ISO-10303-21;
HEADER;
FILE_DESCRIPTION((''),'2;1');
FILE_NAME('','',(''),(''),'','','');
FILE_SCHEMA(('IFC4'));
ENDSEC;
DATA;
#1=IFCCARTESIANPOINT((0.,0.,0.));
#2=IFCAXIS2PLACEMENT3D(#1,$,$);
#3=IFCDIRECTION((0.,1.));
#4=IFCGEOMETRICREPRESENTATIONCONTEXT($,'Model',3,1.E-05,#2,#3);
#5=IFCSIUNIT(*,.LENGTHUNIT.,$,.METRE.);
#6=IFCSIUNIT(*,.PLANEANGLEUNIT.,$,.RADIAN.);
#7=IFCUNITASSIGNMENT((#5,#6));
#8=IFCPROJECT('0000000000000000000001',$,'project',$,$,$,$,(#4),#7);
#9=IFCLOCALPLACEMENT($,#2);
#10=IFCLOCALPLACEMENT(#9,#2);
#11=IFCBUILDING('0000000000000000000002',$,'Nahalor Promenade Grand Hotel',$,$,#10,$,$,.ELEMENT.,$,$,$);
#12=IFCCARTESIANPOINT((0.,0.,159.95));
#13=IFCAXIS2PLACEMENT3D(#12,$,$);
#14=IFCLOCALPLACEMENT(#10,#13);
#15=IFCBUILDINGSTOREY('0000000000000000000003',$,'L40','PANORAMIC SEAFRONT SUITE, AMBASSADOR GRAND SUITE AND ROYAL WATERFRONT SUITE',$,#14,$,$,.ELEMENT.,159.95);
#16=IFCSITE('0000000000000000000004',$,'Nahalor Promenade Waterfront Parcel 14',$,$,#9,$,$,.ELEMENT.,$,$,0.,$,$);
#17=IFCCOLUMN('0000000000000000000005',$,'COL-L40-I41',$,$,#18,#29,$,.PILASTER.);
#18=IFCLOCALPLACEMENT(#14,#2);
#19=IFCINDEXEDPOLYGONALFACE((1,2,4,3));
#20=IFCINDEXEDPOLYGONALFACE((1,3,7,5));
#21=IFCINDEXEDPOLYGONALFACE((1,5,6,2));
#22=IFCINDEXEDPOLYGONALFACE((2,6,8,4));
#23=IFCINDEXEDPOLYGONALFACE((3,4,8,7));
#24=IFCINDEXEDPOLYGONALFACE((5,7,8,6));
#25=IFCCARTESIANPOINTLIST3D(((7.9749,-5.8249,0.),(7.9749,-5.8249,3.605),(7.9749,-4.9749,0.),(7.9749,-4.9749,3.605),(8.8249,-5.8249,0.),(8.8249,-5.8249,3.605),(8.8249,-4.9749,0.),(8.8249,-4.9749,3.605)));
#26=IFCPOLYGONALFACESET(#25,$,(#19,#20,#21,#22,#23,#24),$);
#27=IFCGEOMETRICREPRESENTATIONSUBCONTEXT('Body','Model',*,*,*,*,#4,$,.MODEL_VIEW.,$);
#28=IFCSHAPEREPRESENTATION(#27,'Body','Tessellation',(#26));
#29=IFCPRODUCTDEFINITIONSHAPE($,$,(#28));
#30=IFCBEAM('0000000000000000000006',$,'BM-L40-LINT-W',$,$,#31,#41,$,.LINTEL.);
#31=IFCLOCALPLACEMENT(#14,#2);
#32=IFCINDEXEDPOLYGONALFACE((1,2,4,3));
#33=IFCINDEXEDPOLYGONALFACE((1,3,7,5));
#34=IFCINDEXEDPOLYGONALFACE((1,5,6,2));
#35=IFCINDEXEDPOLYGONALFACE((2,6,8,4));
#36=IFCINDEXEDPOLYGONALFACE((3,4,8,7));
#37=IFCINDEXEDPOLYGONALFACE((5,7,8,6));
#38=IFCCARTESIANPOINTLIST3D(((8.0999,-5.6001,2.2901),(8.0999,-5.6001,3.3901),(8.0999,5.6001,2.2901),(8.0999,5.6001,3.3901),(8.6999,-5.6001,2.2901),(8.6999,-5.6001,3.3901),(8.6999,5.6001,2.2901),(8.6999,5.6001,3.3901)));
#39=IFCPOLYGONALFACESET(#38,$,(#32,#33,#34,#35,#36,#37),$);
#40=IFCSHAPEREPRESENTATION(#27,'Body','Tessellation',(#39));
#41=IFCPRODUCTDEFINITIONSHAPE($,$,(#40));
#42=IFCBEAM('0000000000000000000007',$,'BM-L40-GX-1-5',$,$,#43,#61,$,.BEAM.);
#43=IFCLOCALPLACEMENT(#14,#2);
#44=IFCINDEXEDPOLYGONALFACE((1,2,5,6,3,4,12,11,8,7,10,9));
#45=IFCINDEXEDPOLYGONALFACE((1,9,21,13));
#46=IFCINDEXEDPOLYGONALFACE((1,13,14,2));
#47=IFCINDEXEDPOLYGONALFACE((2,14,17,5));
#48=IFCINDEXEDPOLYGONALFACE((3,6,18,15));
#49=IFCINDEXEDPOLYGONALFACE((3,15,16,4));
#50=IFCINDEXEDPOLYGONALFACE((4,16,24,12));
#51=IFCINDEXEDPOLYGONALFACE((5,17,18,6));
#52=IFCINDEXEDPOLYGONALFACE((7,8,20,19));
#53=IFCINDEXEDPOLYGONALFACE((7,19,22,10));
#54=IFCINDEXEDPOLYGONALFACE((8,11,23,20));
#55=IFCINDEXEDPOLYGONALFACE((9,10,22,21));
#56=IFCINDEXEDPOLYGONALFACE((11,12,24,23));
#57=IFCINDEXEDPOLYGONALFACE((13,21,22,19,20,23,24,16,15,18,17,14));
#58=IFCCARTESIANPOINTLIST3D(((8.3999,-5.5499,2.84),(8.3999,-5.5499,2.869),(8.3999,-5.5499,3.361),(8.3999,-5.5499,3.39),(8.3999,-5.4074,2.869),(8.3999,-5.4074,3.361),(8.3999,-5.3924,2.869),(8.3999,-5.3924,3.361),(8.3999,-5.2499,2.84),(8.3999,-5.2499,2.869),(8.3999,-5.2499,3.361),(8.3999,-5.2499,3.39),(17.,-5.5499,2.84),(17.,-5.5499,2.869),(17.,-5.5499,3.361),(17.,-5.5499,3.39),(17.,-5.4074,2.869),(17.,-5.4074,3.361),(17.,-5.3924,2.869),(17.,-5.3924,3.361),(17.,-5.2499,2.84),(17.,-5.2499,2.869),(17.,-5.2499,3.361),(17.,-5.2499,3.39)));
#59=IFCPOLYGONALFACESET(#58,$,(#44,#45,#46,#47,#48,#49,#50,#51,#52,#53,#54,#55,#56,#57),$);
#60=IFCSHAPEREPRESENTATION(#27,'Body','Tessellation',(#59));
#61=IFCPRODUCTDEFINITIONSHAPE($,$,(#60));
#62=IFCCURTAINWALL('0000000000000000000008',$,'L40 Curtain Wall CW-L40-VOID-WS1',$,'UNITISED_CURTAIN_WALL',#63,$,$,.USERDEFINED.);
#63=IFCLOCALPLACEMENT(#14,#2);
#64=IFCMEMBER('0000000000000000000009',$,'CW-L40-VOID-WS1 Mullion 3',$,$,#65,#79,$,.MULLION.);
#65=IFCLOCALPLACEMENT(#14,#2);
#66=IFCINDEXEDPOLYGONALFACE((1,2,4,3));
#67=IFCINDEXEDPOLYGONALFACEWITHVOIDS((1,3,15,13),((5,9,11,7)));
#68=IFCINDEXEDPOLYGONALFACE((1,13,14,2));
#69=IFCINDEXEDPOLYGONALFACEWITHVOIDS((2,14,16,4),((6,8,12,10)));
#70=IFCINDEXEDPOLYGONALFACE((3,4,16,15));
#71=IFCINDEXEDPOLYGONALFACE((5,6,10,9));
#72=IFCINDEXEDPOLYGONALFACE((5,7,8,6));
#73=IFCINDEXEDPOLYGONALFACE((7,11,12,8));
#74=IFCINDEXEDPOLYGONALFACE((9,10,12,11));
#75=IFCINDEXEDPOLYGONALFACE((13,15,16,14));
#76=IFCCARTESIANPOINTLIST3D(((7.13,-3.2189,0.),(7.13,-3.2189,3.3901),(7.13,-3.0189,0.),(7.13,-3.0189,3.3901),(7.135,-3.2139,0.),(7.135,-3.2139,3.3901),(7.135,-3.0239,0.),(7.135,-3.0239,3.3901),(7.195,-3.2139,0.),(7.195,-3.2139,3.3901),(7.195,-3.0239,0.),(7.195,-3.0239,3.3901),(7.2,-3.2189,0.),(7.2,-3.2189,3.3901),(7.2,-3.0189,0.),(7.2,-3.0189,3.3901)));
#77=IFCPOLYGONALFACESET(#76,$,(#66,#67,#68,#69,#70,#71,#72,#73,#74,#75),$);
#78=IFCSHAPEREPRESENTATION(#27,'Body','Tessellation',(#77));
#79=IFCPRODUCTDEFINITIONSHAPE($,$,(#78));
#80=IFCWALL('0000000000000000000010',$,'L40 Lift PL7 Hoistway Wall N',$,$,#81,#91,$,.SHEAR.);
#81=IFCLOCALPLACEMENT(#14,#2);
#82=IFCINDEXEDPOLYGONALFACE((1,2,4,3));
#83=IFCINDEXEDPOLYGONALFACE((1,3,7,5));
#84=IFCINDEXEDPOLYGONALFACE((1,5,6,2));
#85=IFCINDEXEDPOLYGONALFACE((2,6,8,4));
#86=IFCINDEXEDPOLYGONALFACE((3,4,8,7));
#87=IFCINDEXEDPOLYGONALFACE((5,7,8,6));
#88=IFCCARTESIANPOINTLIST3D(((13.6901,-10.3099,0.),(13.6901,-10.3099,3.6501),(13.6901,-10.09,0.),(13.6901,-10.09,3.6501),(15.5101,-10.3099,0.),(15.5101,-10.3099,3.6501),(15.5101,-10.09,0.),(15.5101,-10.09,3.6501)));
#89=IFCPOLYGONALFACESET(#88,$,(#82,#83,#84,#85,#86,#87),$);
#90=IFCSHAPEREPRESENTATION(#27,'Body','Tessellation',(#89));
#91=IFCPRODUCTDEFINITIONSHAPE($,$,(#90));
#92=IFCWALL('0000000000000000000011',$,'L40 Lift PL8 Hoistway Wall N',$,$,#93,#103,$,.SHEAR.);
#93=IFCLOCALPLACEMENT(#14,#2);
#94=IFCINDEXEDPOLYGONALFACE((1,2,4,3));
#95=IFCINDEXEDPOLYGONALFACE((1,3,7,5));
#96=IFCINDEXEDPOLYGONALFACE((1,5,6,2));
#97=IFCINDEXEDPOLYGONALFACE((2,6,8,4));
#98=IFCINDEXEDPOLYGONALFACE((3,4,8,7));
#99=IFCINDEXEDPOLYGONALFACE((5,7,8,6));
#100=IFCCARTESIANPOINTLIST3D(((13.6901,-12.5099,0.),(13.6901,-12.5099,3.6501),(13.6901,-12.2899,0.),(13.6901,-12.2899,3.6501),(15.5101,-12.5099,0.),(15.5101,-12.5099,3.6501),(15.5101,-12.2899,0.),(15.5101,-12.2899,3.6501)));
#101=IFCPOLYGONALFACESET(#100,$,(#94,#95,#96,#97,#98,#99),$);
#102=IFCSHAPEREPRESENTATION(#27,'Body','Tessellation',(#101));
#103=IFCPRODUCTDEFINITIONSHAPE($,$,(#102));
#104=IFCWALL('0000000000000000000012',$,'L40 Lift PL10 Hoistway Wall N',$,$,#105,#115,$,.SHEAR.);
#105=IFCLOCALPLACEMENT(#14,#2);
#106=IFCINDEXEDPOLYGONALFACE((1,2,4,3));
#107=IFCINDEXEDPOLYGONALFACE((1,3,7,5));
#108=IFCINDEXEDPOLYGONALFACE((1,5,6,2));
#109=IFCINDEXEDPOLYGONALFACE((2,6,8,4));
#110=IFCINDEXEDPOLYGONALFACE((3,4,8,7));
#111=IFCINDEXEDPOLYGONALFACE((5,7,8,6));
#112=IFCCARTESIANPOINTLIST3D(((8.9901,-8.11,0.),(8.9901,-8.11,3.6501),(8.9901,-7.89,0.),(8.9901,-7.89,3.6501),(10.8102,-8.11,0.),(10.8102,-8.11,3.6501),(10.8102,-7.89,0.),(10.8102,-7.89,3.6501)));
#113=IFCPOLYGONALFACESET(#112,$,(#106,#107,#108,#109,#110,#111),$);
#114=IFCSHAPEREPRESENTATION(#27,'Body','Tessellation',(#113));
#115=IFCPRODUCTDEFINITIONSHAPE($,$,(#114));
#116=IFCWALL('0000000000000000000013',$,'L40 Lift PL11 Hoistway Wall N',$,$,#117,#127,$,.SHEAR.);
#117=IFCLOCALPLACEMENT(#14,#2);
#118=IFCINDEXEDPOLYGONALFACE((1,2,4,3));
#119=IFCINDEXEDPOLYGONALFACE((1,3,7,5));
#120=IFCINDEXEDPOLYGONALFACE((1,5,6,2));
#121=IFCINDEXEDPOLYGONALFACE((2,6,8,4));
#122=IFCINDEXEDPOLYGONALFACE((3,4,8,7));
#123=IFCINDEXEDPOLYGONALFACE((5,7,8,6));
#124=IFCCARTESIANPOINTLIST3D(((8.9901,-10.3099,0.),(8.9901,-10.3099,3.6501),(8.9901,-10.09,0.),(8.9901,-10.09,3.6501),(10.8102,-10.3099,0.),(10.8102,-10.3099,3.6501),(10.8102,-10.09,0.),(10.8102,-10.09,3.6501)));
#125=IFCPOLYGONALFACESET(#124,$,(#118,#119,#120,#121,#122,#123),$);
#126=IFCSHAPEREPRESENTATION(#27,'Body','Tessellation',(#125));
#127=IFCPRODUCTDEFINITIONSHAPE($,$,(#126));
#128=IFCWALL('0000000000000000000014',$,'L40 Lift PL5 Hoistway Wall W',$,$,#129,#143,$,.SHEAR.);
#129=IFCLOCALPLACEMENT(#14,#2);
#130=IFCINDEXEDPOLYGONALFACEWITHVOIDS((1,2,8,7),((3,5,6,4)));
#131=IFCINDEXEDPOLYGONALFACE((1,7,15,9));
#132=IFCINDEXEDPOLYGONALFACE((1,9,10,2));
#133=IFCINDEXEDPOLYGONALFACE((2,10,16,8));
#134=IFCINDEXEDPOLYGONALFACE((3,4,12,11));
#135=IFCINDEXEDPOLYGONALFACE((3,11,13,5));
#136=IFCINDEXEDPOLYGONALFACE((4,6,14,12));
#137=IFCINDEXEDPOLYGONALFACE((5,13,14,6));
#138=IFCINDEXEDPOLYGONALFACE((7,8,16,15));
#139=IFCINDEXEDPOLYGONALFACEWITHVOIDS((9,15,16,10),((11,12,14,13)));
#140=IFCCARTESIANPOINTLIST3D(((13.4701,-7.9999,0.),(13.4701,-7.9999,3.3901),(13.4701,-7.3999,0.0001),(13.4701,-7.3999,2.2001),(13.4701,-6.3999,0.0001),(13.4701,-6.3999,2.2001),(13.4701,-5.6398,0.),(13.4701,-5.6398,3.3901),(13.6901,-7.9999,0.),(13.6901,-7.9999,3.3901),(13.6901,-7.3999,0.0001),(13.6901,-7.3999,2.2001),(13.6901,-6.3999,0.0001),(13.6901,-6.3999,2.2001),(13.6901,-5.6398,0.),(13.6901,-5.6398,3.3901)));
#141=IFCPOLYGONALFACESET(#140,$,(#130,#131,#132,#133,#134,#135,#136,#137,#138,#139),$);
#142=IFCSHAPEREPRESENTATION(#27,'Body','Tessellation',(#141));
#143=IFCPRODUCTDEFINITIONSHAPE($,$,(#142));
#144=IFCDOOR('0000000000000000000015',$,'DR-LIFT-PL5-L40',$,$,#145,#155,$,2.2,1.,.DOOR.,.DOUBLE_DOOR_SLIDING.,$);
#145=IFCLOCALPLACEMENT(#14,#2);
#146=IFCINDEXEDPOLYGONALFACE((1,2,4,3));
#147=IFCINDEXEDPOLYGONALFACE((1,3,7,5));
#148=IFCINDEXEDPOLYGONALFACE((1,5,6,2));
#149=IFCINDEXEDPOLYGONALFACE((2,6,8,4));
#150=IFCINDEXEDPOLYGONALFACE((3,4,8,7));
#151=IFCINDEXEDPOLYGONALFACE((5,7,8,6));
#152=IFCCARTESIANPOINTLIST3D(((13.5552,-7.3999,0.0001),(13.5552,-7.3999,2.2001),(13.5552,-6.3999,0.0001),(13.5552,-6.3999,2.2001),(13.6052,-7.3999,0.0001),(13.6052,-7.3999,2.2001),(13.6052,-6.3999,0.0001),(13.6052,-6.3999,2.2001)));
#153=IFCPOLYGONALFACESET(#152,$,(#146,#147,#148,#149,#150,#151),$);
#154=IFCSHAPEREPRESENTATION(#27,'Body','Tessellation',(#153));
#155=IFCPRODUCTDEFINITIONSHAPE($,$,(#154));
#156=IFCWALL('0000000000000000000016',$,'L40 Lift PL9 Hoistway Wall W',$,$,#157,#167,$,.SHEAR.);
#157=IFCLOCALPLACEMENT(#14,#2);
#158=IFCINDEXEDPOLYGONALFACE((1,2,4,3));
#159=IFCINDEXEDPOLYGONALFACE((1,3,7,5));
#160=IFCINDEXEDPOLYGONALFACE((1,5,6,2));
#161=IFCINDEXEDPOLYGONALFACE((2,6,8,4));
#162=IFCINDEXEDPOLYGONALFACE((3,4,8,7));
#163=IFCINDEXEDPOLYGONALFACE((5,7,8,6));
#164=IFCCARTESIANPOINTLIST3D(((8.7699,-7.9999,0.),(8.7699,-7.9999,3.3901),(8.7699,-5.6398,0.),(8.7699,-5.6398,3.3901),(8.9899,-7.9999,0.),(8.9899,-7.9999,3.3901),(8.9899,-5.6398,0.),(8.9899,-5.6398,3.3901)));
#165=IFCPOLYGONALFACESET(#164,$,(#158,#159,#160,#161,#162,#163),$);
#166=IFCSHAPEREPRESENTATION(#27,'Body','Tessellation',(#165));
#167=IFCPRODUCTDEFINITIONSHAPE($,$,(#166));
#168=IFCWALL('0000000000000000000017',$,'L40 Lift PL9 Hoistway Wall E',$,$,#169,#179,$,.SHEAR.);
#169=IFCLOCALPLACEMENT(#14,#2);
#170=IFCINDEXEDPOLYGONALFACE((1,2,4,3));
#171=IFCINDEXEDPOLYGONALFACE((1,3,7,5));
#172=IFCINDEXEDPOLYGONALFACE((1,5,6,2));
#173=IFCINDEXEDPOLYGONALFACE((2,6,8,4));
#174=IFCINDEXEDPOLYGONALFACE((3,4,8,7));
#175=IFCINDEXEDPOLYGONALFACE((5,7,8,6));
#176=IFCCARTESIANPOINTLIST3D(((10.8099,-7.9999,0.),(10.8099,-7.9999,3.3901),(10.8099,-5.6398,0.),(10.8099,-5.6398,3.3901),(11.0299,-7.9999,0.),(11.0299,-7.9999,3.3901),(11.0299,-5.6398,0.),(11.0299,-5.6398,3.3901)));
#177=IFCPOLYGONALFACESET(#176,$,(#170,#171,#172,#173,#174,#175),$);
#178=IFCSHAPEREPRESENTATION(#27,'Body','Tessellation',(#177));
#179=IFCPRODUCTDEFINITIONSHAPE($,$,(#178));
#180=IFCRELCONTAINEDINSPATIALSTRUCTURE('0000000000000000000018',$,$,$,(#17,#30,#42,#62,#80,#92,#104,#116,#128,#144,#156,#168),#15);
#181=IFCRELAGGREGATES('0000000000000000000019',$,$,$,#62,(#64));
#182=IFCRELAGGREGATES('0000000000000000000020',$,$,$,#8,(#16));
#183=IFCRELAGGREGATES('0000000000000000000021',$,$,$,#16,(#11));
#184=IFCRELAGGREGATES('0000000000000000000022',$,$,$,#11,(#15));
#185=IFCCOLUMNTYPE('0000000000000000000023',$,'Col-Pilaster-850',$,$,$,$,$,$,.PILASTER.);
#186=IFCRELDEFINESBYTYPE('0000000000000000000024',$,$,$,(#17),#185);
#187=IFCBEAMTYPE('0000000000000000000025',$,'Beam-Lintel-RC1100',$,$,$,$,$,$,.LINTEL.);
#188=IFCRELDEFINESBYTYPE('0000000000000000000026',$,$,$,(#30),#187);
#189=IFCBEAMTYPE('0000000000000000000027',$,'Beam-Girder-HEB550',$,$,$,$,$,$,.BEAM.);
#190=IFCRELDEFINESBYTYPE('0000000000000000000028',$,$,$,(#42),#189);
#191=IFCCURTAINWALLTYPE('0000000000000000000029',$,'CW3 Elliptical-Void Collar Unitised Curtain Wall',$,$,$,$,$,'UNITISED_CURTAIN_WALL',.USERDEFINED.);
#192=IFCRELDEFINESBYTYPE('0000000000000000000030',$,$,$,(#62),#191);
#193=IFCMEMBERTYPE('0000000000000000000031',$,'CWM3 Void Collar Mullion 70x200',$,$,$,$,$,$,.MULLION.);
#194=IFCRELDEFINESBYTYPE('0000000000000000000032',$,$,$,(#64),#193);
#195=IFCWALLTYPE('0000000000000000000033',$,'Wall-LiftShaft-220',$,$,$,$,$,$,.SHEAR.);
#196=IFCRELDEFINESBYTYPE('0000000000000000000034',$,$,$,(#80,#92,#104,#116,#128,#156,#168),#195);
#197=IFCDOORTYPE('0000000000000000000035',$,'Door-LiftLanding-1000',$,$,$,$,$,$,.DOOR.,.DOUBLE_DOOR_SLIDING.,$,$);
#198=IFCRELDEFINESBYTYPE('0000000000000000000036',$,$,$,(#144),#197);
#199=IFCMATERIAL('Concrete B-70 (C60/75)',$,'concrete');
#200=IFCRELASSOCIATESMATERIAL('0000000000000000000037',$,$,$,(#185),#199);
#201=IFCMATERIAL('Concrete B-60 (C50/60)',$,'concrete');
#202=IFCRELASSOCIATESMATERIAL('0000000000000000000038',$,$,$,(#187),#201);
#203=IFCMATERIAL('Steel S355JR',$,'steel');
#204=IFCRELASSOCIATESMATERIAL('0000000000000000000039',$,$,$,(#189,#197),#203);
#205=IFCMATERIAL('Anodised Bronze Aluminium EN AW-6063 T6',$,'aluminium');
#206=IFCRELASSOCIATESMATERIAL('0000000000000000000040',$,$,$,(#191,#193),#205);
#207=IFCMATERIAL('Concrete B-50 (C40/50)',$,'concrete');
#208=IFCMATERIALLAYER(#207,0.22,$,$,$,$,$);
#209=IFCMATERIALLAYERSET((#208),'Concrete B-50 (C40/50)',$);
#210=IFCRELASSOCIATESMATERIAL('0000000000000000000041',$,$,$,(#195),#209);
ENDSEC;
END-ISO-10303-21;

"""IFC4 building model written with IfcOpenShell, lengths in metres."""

from ifc_helpers import new_model, si_unit, direction, frame, frame_2d, origin, origin_2d, place, context, subcontext, project, spatial, rectangle, hollow_rectangle, i_section, extrude, source, transform, mapped, material, layer, layer_set, material_profile, profile_set, type_object, element, fill, aggregate, save


model = new_model("IFC4")

# Units and contexts
model_context = context("Model", 3, precision=1e-05, world=origin(), true_north=direction((0.0, 1.0)))
body_context = subcontext(model_context, "Body", "Model", "MODEL_VIEW")
ifc_project = project(units=[si_unit("LENGTHUNIT", "METRE"), si_unit("PLANEANGLEUNIT", "RADIAN")], contexts=[model_context])

# Site, building, storey
site_placement = place(None, origin())
site = spatial("IfcSite", under=ifc_project, at=site_placement, Name="Nahalor Promenade Waterfront Parcel 14", CompositionType="ELEMENT", RefElevation=0.0)
building_placement = place(site_placement, origin())
building = spatial("IfcBuilding", under=site, at=building_placement, Name="Nahalor Promenade Grand Hotel", CompositionType="ELEMENT")
storey_placement = place(building_placement, frame((0.0, 0.0, 159.95)))
storey = spatial("IfcBuildingStorey", under=building, at=storey_placement, Name="L40", Description="PANORAMIC SEAFRONT SUITE, AMBASSADOR GRAND SUITE AND ROYAL WATERFRONT SUITE", CompositionType="ELEMENT", Elevation=159.95)

# Column
ifc_material_1 = material(Name="Concrete B-70 (C60/75)", Category="concrete")
ifc_material_profile_1 = material_profile(ifc_material_1, rectangle(XDim=0.85, YDim=0.85, at=origin_2d()), Name="RC 850x850")
ifc_profile_set_1 = profile_set([ifc_material_profile_1], Name="Concrete B-70 (C60/75)")
column_type = type_object("IfcColumnType", Name="Col-Pilaster-850", PredefinedType="PILASTER", material=ifc_profile_set_1)
shared_shape_1 = source(origin(), body_context, "Body", "SweptSolid", [
    extrude(rectangle(XDim=0.85, YDim=0.85, at=origin_2d()), origin(), (0.0, 0.0, 1.0), 3.605),
])
column_placement = place(storey_placement, frame((8.3999, -5.3999, 0.0), z_axis=(0.0, 0.0, 1.0), x_axis=(1.0, 0.0, 0.0)))
element("IfcColumn", 1, at=column_placement, inside=storey, type_object=column_type, Name="COL-L40-I41", PredefinedType="PILASTER", context=body_context, shape_type="MappedRepresentation", body=[
    mapped(shared_shape_1, transform((0.0, 0.0, 0.0), scale=1.0)),
])

# Beams
ifc_material_2 = material(Name="Concrete B-60 (C50/60)", Category="concrete")
ifc_material_profile_2 = material_profile(ifc_material_2, rectangle(XDim=0.6, YDim=1.1, at=origin_2d()), Name="RC 600x1100")
ifc_profile_set_2 = profile_set([ifc_material_profile_2], Name="Concrete B-60 (C50/60)")
beam_type_1 = type_object("IfcBeamType", Name="Beam-Lintel-RC1100", PredefinedType="LINTEL", material=ifc_profile_set_2)
shared_shape_2 = source(origin(), body_context, "Body", "SweptSolid", [
    extrude(rectangle(XDim=0.6, YDim=1.1, at=origin_2d()), origin(), (0.0, 0.0, 1.0), 11.2002),
])
beam_1_placement = place(storey_placement, frame((8.3999, -5.6001, 2.8401), z_axis=(0.0, 1.0, 0.0), x_axis=(-1.0, 0.0, 0.0)))
element("IfcBeam", 2, at=beam_1_placement, inside=storey, type_object=beam_type_1, Name="BM-L40-LINT-W", PredefinedType="LINTEL", context=body_context, shape_type="MappedRepresentation", body=[
    mapped(shared_shape_2, transform((0.0, 0.0, 0.0), scale=1.0)),
])
ifc_material_3 = material(Name="Steel S355JR", Category="steel")
ifc_material_profile_3 = material_profile(ifc_material_3, i_section(OverallWidth=0.3, OverallDepth=0.55, WebThickness=0.015, FlangeThickness=0.029, at=origin_2d()), Name="HEB 550")
ifc_profile_set_3 = profile_set([ifc_material_profile_3], Name="Steel S355JR")
beam_type_2 = type_object("IfcBeamType", Name="Beam-Girder-HEB550", PredefinedType="BEAM", material=ifc_profile_set_3)
shared_shape_3 = source(origin(), body_context, "Body", "SweptSolid", [
    extrude(i_section(OverallWidth=0.3, OverallDepth=0.55, WebThickness=0.015, FlangeThickness=0.029, at=origin_2d()), origin(), (0.0, 0.0, 1.0), 8.6001),
])
beam_2_placement = place(storey_placement, frame((8.3999, -5.3999, 3.115), z_axis=(1.0, 0.0, 0.0), x_axis=(0.0, 1.0, 0.0)))
element("IfcBeam", 3, at=beam_2_placement, inside=storey, type_object=beam_type_2, Name="BM-L40-GX-1-5", PredefinedType="BEAM", context=body_context, shape_type="MappedRepresentation", body=[
    mapped(shared_shape_3, transform((0.0, 0.0, 0.0), scale=1.0)),
])

# Curtain wall, member
ifc_material_4 = material(Name="Anodised Bronze Aluminium EN AW-6063 T6", Category="aluminium")
curtain_wall_type = type_object("IfcCurtainWallType", Name="CW3 Elliptical-Void Collar Unitised Curtain Wall", ElementType="UNITISED_CURTAIN_WALL", PredefinedType="USERDEFINED", material=ifc_material_4)
curtain_wall_placement = place(storey_placement, origin())
curtain_wall = element("IfcCurtainWall", 4, at=curtain_wall_placement, inside=storey, type_object=curtain_wall_type, Name="L40 Curtain Wall CW-L40-VOID-WS1", ObjectType="UNITISED_CURTAIN_WALL", PredefinedType="USERDEFINED")
ifc_material_profile_4 = material_profile(ifc_material_4, hollow_rectangle(XDim=0.07, YDim=0.2, WallThickness=0.005, at=origin_2d()), Name="CWM 70x200x5")
ifc_profile_set_4 = profile_set([ifc_material_profile_4], Name="Anodised Bronze Aluminium EN AW-6063 T6")
member_type = type_object("IfcMemberType", Name="CWM3 Void Collar Mullion 70x200", PredefinedType="MULLION", material=ifc_profile_set_4)
shared_shape_4 = source(origin(), body_context, "Body", "SweptSolid", [
    extrude(hollow_rectangle(XDim=0.07, YDim=0.2, WallThickness=0.005, at=origin_2d()), origin(), (0.0, 0.0, 1.0), 3.3901),
])
member_placement = place(storey_placement, frame((7.165, -3.1189, 0.0), z_axis=(0.0, 0.0, 1.0), x_axis=(1.0, 0.0, 0.0)))
member = element("IfcMember", 5, at=member_placement, type_object=member_type, Name="CW-L40-VOID-WS1 Mullion 3", PredefinedType="MULLION", context=body_context, shape_type="MappedRepresentation", body=[
    mapped(shared_shape_4, transform((0.0, 0.0, 0.0), scale=1.0)),
])
aggregate(curtain_wall, [member])

# Walls
ifc_material_5 = material(Name="Concrete B-50 (C40/50)", Category="concrete")
ifc_layer_1 = layer(ifc_material_5, 0.22)
ifc_layer_set_1 = layer_set([ifc_layer_1], Name="Concrete B-50 (C40/50)")
wall_type_1 = type_object("IfcWallType", Name="Wall-LiftShaft-220", PredefinedType="SHEAR", material=ifc_layer_set_1)
shared_shape_5 = source(origin(), body_context, "Body", "SweptSolid", [
    extrude(rectangle(XDim=1.8201, YDim=0.22, at=frame_2d((0.9102, 0.0))), origin(), (0.0, 0.0, 1.0), 3.6501),
])
for number, where, z_axis, x_axis, name in (
    (6, (13.6899, -10.2, 0.0), (0.0, 0.0, 1.0), (1.0, 0.0, 0.0), "L40 Lift PL7 Hoistway Wall N"),
    (7, (13.6899, -12.3999, 0.0), (0.0, 0.0, 1.0), (1.0, 0.0, 0.0), "L40 Lift PL8 Hoistway Wall N"),
    (8, (8.99, -8.0, 0.0), (0.0, 0.0, 1.0), (1.0, 0.0, 0.0), "L40 Lift PL10 Hoistway Wall N"),
    (9, (8.99, -10.2, 0.0), (0.0, 0.0, 1.0), (1.0, 0.0, 0.0), "L40 Lift PL11 Hoistway Wall N"),
):
    element("IfcWall", number, at=place(storey_placement, frame(where, z_axis=z_axis, x_axis=x_axis)), inside=storey, type_object=wall_type_1, Name=name, PredefinedType="SHEAR", context=body_context, shape_type="MappedRepresentation", body=[
        mapped(shared_shape_5, transform((0.0, 0.0, 0.0), scale=1.0)),
    ])

# Wall, opening, door
shared_shape_6 = source(origin(), body_context, "Body", "SweptSolid", [
    extrude(rectangle(XDim=2.3601, YDim=0.22, at=frame_2d((1.1802, 0.0))), origin(), (0.0, 0.0, 1.0), 3.3901),
])
wall_1_placement = place(storey_placement, frame((13.5801, -8.0, 0.0), z_axis=(0.0, 0.0, 1.0), x_axis=(0.0, 1.0, 0.0)))
wall_1 = element("IfcWall", 10, at=wall_1_placement, inside=storey, type_object=wall_type_1, Name="L40 Lift PL5 Hoistway Wall W", PredefinedType="SHEAR", context=body_context, shape_type="MappedRepresentation", body=[
    mapped(shared_shape_6, transform((0.0, 0.0, 0.0), scale=1.0)),
])
opening_1_placement = place(wall_1_placement, frame((0.6001, 0.0, 0.0)))
opening_1 = element("IfcOpeningElement", 11, at=opening_1_placement, cuts=wall_1, PredefinedType="OPENING", context=body_context, shape_type="SweptSolid", body=[
    extrude(rectangle(XDim=1.0, YDim=2.2, at=frame_2d((0.5, 1.1001))), frame((0.0, 0.1199, 0.0), z_axis=(0.0, -1.0, 0.0), x_axis=(1.0, 0.0, 0.0)), (0.0, 0.0, 1.0), 0.24),
])
door_type = type_object("IfcDoorType", Name="Door-LiftLanding-1000", OperationType="DOUBLE_DOOR_SLIDING", PredefinedType="DOOR", material=ifc_material_3)
shared_shape_7 = source(origin(), body_context, "Body", "SweptSolid", [
    extrude(rectangle(XDim=1.0, YDim=2.2, at=frame_2d((0.5, 1.1001))), frame((0.0, 0.0249, 0.0), z_axis=(0.0, -1.0, 0.0), x_axis=(1.0, 0.0, 0.0)), (0.0, 0.0, 1.0), 0.05),
])
door_1_placement = place(opening_1_placement, origin())
door_1 = element("IfcDoor", 12, at=door_1_placement, inside=storey, type_object=door_type, Name="DR-LIFT-PL5-L40", OperationType="DOUBLE_DOOR_SLIDING", OverallHeight=2.2, OverallWidth=1.0, PredefinedType="DOOR", context=body_context, shape_type="MappedRepresentation", body=[
    mapped(shared_shape_7, transform((0.0, 0.0, 0.0), scale=1.0)),
])
fill(opening_1, door_1)

# Walls
for number, where, z_axis, x_axis, name in (
    (13, (8.8799, -8.0, 0.0), (0.0, 0.0, 1.0), (0.0, 1.0, 0.0), "L40 Lift PL9 Hoistway Wall W"),
    (14, (10.9199, -8.0, 0.0), (0.0, 0.0, 1.0), (0.0, 1.0, 0.0), "L40 Lift PL9 Hoistway Wall E"),
):
    element("IfcWall", number, at=place(storey_placement, frame(where, z_axis=z_axis, x_axis=x_axis)), inside=storey, type_object=wall_type_1, Name=name, PredefinedType="SHEAR", context=body_context, shape_type="MappedRepresentation", body=[
        mapped(shared_shape_6, transform((0.0, 0.0, 0.0), scale=1.0)),
    ])

save(model, "model.ifc")
